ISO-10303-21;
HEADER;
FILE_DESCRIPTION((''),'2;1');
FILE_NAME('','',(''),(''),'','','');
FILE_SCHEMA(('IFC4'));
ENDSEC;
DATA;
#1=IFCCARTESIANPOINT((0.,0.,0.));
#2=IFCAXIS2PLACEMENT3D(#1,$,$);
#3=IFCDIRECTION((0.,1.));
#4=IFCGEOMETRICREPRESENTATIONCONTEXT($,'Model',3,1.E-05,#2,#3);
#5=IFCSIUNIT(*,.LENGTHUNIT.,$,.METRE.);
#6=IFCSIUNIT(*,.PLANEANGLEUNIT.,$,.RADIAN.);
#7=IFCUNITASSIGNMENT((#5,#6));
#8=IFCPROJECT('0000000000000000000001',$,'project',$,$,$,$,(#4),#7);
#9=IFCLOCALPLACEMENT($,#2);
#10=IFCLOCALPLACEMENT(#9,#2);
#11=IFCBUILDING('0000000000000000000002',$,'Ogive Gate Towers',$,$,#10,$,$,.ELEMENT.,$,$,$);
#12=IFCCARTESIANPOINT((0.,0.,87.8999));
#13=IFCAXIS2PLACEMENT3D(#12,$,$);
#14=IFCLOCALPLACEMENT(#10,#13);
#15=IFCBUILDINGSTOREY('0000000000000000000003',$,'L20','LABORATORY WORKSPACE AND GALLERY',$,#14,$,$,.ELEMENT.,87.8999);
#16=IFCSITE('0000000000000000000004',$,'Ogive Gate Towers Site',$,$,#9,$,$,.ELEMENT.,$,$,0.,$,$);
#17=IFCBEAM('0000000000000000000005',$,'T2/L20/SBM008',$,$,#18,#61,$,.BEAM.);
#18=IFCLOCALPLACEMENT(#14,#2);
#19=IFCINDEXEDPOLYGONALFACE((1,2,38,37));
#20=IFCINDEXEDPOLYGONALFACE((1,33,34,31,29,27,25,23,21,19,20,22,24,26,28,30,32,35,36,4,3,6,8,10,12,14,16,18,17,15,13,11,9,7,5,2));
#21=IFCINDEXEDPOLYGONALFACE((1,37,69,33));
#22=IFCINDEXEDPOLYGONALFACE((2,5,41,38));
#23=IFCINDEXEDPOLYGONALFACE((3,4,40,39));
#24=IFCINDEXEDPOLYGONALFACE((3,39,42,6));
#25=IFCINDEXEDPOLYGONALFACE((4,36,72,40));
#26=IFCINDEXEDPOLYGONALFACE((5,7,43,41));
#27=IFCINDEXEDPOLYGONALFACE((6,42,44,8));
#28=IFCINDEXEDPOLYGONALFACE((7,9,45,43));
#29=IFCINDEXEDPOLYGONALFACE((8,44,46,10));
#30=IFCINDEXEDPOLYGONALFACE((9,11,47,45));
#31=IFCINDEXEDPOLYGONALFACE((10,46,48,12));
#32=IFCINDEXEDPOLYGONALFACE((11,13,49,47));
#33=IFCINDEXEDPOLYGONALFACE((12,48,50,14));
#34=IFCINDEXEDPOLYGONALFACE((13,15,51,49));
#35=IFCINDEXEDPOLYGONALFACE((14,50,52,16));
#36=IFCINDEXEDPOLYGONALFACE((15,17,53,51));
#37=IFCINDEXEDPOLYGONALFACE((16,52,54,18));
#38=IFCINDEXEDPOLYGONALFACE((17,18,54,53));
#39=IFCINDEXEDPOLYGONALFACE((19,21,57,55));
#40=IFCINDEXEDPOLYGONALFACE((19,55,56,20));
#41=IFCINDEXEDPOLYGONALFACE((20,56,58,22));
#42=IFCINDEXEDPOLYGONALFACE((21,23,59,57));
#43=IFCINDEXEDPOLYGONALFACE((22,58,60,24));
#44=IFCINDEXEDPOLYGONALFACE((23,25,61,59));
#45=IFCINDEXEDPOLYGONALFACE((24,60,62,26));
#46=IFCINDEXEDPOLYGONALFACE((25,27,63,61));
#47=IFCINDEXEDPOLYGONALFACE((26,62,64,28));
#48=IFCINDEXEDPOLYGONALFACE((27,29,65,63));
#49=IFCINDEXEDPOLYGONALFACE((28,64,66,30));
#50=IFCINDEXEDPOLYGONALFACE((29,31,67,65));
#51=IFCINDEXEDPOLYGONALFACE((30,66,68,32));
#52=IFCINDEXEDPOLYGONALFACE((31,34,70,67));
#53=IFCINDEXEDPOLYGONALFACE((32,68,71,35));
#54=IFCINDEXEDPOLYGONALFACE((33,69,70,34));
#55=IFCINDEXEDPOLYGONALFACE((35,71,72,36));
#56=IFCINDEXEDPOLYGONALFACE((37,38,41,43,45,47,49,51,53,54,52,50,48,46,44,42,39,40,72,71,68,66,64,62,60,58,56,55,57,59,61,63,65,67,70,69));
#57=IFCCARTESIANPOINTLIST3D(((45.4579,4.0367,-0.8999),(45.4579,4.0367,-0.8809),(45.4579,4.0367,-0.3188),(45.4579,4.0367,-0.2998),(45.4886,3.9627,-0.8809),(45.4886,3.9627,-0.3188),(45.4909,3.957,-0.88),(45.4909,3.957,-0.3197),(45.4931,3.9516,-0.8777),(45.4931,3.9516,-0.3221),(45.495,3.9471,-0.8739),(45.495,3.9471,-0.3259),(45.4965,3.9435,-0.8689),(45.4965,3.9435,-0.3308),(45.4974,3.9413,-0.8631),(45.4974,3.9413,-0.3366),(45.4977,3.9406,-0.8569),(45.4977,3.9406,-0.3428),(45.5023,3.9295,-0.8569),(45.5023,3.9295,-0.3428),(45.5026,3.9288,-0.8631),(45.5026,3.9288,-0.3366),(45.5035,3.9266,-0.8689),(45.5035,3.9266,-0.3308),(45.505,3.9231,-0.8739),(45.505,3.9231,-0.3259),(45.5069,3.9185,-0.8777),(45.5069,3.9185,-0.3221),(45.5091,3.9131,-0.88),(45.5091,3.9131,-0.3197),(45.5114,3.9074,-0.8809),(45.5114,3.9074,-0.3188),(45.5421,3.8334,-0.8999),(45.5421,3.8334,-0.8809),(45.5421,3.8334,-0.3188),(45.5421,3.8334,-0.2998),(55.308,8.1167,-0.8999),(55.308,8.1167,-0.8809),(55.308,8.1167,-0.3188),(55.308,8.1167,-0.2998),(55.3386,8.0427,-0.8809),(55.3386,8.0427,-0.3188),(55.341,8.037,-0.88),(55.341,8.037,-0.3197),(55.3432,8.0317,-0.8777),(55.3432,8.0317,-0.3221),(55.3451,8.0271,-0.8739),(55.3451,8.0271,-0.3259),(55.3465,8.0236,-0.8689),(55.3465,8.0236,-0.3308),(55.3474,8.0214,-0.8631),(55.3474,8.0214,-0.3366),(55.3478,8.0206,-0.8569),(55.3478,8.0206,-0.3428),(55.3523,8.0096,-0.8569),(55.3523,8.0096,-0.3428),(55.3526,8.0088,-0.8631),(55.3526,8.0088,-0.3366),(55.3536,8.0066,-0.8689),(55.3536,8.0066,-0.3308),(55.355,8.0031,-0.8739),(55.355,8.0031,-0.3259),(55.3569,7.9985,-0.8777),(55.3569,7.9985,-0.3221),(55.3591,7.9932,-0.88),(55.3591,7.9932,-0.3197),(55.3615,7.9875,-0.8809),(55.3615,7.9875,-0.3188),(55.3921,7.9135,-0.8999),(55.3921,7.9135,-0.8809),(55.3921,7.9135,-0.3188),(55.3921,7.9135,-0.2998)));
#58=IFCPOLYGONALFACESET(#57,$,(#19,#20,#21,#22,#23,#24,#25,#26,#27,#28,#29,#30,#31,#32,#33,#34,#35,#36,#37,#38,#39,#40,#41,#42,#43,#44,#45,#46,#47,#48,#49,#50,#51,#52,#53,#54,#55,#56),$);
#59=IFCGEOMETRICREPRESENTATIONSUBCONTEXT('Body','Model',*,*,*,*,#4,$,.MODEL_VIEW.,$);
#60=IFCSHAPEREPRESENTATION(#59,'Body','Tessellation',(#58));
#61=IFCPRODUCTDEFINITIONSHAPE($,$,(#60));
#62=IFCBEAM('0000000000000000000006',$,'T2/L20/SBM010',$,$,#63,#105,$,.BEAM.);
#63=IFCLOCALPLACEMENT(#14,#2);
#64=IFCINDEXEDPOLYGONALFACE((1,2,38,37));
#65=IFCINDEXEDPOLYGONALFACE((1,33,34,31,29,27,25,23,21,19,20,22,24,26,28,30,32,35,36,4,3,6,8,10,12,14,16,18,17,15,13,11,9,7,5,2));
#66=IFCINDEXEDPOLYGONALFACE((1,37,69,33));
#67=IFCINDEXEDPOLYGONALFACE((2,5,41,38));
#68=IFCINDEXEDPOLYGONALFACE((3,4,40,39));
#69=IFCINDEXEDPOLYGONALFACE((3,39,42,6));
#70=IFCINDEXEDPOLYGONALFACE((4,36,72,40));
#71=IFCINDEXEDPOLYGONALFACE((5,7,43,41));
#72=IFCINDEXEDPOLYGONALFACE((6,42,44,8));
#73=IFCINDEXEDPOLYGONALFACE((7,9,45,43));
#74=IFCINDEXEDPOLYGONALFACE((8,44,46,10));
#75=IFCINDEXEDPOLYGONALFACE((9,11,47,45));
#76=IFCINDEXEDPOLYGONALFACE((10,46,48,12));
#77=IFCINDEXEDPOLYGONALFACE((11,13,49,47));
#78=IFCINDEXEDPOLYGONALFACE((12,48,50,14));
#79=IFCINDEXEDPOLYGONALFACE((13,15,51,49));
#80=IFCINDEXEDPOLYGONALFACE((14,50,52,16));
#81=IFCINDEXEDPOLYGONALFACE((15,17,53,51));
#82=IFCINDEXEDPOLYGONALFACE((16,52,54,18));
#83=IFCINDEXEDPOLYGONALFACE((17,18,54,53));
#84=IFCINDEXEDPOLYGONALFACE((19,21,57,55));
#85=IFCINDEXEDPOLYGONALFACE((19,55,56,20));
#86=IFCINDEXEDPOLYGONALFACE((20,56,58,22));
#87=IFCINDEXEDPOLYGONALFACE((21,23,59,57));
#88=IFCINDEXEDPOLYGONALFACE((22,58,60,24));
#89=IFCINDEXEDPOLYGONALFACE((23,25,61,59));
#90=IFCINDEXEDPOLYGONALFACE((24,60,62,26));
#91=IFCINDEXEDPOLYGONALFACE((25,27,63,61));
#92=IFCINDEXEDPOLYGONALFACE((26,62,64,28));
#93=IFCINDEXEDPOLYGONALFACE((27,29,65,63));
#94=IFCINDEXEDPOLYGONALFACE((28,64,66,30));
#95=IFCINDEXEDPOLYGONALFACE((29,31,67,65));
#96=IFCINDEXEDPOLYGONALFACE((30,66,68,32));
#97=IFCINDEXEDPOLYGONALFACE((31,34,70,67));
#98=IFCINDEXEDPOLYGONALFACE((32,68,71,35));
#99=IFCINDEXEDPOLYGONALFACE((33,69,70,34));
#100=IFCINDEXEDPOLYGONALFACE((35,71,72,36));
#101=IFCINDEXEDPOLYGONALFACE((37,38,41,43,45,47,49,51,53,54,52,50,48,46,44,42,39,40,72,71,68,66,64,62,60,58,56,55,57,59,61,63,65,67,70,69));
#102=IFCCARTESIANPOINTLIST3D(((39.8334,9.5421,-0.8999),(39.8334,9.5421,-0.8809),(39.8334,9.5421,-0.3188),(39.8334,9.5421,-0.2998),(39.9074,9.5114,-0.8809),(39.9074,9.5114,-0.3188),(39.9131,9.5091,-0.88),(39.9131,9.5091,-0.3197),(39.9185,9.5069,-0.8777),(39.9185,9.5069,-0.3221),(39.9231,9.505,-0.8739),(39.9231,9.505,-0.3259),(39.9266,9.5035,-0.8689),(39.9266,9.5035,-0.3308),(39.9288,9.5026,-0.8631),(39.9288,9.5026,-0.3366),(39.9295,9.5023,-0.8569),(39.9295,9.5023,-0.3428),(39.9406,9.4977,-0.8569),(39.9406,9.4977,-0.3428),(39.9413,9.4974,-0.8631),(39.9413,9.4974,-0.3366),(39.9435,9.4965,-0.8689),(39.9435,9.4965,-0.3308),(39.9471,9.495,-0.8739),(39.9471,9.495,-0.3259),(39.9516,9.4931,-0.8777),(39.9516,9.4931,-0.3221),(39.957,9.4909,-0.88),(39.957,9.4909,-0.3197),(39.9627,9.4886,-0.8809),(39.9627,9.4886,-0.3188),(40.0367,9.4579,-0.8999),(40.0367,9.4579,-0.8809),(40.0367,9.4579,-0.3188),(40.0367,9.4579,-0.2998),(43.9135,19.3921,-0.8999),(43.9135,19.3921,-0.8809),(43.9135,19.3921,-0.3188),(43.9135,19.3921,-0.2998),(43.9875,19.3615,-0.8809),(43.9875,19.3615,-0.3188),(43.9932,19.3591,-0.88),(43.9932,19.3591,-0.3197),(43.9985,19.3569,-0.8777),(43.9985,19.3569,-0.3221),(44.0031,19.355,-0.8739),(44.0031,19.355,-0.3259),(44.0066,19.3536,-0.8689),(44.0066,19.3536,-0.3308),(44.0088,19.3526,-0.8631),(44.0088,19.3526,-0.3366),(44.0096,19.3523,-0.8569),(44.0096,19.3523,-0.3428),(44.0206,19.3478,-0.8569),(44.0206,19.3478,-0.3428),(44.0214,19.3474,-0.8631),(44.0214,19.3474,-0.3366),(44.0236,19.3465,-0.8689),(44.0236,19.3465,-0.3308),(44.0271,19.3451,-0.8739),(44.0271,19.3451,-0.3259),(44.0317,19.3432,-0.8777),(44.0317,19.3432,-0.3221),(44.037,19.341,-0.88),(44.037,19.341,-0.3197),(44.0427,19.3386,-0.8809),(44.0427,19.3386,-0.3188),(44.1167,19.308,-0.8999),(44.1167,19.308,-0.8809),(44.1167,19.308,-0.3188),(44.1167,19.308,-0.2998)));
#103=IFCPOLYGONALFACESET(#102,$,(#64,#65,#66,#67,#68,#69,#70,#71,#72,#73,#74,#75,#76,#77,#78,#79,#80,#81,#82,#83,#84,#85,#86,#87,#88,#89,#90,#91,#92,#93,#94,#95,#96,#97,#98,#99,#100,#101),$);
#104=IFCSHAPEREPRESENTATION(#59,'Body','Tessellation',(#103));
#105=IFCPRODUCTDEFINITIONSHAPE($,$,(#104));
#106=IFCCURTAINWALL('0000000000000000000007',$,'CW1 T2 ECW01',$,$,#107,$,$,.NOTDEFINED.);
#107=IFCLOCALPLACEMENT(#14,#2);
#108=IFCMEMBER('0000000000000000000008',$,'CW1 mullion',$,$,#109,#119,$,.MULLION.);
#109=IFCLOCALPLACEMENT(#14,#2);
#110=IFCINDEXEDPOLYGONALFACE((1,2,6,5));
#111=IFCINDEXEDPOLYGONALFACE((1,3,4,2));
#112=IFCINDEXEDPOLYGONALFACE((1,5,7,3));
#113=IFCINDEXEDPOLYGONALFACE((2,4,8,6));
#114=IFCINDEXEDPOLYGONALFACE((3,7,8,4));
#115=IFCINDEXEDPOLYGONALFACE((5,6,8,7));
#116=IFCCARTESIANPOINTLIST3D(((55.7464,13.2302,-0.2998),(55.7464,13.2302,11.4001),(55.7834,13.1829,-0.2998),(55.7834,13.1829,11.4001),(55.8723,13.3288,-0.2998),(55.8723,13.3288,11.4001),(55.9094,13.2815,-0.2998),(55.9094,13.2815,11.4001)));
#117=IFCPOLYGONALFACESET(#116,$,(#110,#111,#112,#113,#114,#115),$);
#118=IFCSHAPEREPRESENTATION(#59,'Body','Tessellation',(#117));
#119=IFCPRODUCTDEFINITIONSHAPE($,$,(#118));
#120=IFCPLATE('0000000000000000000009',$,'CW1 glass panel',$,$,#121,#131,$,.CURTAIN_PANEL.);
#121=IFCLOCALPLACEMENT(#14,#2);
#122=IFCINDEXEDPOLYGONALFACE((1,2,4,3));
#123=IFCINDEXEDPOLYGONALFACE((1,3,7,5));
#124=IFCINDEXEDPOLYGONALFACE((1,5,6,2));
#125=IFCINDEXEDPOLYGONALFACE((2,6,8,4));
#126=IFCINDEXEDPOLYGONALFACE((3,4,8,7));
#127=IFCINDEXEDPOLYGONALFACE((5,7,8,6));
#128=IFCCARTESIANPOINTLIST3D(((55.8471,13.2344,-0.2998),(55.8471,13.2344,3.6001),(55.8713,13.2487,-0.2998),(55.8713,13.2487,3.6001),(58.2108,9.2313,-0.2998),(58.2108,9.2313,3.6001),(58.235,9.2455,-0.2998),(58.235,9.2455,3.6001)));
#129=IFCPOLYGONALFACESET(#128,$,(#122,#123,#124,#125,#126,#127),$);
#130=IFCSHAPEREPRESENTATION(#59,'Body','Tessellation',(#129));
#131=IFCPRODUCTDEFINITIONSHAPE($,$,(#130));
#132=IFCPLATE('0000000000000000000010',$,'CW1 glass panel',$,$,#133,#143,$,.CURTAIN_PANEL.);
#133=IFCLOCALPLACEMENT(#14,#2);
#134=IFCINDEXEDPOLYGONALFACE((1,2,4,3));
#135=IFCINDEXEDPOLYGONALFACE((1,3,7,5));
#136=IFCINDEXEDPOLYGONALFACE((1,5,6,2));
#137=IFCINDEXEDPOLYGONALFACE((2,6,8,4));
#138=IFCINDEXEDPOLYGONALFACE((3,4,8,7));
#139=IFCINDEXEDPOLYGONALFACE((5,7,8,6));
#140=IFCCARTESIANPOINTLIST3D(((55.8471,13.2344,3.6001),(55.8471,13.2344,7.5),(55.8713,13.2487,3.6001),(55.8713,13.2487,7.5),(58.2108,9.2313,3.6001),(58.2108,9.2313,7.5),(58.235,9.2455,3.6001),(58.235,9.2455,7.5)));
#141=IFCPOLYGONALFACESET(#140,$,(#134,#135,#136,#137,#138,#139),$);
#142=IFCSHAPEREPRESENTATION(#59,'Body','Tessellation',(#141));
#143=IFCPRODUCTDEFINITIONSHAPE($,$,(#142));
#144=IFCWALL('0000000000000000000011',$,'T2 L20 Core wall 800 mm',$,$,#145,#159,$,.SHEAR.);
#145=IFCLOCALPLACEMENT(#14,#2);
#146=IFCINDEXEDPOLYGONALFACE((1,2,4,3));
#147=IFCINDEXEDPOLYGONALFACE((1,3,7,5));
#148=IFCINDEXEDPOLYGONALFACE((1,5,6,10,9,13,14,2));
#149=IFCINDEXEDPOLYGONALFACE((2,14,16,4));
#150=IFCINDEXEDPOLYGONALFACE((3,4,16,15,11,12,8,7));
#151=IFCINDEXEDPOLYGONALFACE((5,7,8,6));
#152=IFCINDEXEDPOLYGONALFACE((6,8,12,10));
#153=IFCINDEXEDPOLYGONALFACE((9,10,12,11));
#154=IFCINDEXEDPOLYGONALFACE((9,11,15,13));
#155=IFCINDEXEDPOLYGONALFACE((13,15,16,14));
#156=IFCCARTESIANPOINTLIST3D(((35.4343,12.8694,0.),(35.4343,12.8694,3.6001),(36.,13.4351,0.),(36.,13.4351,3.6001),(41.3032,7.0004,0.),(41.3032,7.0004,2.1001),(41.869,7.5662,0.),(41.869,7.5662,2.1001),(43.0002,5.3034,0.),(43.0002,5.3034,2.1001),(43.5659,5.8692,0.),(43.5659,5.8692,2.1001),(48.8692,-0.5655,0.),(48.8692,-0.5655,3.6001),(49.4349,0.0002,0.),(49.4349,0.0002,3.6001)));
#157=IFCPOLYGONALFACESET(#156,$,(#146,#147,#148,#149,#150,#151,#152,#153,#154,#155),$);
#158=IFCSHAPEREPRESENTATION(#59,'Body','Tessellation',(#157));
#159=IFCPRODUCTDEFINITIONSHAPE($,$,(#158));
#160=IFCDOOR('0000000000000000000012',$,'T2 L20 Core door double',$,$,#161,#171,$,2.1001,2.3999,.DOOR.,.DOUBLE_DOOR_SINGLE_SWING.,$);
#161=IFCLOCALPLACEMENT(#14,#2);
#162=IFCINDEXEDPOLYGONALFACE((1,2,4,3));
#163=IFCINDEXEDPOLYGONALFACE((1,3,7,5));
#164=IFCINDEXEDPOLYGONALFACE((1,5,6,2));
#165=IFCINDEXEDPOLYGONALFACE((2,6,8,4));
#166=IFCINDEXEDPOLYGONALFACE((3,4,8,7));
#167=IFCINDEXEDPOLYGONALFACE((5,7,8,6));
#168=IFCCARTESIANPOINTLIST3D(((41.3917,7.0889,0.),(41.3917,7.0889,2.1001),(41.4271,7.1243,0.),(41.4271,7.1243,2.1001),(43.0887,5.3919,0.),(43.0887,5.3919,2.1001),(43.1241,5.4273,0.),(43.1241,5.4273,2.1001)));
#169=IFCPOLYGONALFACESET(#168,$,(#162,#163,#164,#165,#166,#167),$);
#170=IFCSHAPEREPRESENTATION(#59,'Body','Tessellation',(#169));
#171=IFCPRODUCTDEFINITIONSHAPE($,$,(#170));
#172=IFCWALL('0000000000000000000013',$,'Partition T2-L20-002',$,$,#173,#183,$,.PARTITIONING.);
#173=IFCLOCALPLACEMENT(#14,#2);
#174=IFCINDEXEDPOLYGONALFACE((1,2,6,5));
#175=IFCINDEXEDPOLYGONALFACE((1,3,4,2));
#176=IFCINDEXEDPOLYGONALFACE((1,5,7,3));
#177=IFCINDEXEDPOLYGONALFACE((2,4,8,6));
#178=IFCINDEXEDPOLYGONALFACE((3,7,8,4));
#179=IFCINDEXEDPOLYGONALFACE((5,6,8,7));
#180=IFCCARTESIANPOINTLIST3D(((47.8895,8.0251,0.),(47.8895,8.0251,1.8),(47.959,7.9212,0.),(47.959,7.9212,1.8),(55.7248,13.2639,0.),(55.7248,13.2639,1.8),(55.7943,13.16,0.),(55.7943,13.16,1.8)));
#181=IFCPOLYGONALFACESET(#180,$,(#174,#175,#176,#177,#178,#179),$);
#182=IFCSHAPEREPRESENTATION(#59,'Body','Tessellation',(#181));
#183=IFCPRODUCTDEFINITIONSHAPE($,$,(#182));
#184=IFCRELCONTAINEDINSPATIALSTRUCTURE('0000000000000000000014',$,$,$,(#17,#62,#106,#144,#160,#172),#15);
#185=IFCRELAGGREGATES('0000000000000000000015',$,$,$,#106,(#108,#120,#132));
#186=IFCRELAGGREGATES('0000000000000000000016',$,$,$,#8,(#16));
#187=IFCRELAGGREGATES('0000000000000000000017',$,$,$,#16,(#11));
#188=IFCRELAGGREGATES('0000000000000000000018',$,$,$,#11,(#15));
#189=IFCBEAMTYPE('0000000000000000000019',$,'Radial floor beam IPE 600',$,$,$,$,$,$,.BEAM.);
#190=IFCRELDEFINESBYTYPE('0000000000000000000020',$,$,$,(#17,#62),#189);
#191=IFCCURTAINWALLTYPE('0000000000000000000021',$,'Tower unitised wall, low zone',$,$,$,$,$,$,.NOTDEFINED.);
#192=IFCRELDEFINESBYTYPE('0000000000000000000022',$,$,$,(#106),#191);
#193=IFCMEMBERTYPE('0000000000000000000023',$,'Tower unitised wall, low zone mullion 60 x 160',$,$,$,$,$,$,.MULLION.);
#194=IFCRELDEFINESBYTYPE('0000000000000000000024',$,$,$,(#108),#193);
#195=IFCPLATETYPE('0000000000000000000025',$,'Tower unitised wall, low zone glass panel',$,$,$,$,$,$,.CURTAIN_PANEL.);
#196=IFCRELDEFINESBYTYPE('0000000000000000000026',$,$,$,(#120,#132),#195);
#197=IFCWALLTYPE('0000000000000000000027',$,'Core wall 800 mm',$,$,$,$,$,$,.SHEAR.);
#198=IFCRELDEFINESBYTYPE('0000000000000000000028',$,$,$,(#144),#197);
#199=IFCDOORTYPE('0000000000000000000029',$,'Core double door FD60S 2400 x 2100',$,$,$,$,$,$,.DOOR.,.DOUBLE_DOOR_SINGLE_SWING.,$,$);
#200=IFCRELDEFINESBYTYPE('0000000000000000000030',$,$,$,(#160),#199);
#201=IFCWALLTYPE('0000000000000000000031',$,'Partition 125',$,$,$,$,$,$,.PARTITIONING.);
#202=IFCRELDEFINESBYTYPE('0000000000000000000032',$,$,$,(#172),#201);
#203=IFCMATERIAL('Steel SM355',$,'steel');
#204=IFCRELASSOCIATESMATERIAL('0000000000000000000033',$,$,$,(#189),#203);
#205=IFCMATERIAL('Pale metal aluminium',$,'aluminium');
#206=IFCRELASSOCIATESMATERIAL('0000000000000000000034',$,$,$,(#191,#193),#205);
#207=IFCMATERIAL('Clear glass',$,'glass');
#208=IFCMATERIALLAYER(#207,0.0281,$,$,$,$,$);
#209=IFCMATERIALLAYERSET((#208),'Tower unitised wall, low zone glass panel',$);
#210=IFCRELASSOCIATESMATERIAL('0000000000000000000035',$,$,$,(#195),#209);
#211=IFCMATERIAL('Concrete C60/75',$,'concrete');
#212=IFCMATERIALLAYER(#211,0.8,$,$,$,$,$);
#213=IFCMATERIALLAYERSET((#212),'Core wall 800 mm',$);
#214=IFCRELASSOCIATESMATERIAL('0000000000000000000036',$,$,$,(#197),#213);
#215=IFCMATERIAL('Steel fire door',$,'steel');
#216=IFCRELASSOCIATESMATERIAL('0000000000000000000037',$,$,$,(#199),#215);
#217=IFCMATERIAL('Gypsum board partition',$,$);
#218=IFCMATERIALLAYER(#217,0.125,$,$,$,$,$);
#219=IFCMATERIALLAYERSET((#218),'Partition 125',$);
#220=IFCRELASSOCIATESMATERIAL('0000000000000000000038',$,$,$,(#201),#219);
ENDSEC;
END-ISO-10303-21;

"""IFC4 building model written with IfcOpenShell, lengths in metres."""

from ifc_helpers import new_model, si_unit, direction, frame, frame_2d, origin, origin_2d, place, context, subcontext, project, spatial, rectangle, i_section, extrude, material, layer, layer_set, material_profile, profile_set, type_object, element, fill, aggregate, save


model = new_model("IFC4")

# Units and contexts
model_context = context("Model", 3, precision=1e-05, world=origin(), true_north=direction((0.0, 1.0)))
body_context = subcontext(model_context, "Body", "Model", "MODEL_VIEW")
ifc_project = project(units=[si_unit("LENGTHUNIT", "METRE"), si_unit("PLANEANGLEUNIT", "RADIAN")], contexts=[model_context])

# Site, building, storey
site_placement = place(None, origin())
site = spatial("IfcSite", under=ifc_project, at=site_placement, Name="Ogive Gate Towers Site", CompositionType="ELEMENT", RefElevation=0.0)
building_placement = place(site_placement, origin())
building = spatial("IfcBuilding", under=site, at=building_placement, Name="Ogive Gate Towers", CompositionType="ELEMENT")
storey_placement = place(building_placement, frame((0.0, 0.0, 87.8999)))
storey = spatial("IfcBuildingStorey", under=building, at=storey_placement, Name="L20", Description="LABORATORY WORKSPACE AND GALLERY", CompositionType="ELEMENT", Elevation=87.8999)

# Beams
ifc_material_1 = material(Name="Steel SM355", Category="steel")
ifc_material_profile_1 = material_profile(ifc_material_1, i_section(OverallWidth=0.22, OverallDepth=0.6001, WebThickness=0.012, FlangeThickness=0.019, FilletRadius=0.0239, at=origin_2d()), Name="IPE 600")
ifc_profile_set_1 = profile_set([ifc_material_profile_1], Name="Steel SM355")
beam_type_1 = type_object("IfcBeamType", Name="Radial floor beam IPE 600", PredefinedType="BEAM", material=ifc_profile_set_1)
for number, where, z_axis, x_axis, name in (
    (1, (45.5, 3.9351, -0.5999), (0.923878, 0.382686, 0.0), (-0.382686, 0.923878, 0.0), "T2/L20/SBM008"),
    (2, (39.9351, 9.5, -0.5999), (0.382686, 0.923878, 0.0), (-0.923878, 0.382686, 0.0), "T2/L20/SBM010"),
):
    element("IfcBeam", number, at=place(storey_placement, frame(where, z_axis=z_axis, x_axis=x_axis)), inside=storey, type_object=beam_type_1, Name=name, PredefinedType="BEAM", context=body_context, shape_type="SweptSolid", body=[
        extrude(i_section(OverallWidth=0.22, OverallDepth=0.6001, WebThickness=0.012, FlangeThickness=0.019, FilletRadius=0.0239, at=origin_2d()), origin(), (0.0, 0.0, 1.0), 10.6616),
    ])

# Curtain wall, member, plates
ifc_material_2 = material(Name="Pale metal aluminium", Category="aluminium")
curtain_wall_type = type_object("IfcCurtainWallType", Name="Tower unitised wall, low zone", PredefinedType="NOTDEFINED", material=ifc_material_2)
curtain_wall_placement = place(storey_placement, origin())
curtain_wall = element("IfcCurtainWall", 3, at=curtain_wall_placement, inside=storey, type_object=curtain_wall_type, Name="CW1 T2 ECW01", PredefinedType="NOTDEFINED")
ifc_material_profile_2 = material_profile(ifc_material_2, rectangle(XDim=0.1599, YDim=0.0601, at=origin_2d()), Name="60 x 160 aluminium box")
ifc_profile_set_2 = profile_set([ifc_material_profile_2], Name="Pale metal aluminium")
member_type = type_object("IfcMemberType", Name="Tower unitised wall, low zone mullion 60 x 160", PredefinedType="MULLION", material=ifc_profile_set_2)
member_placement = place(storey_placement, frame((55.8279, 13.2559, -0.2998), z_axis=(0.0, 0.0, 1.0), x_axis=(0.787495, 0.616321, 0.0)))
member = element("IfcMember", 4, at=member_placement, type_object=member_type, Name="CW1 mullion", PredefinedType="MULLION", context=body_context, shape_type="SweptSolid", body=[
    extrude(rectangle(XDim=0.1599, YDim=0.0601, at=origin_2d()), origin(), (0.0, 0.0, 1.0), 11.7),
])
ifc_material_3 = material(Name="Clear glass", Category="glass")
ifc_layer_1 = layer(ifc_material_3, 0.0281)
ifc_layer_set_1 = layer_set([ifc_layer_1], Name="Tower unitised wall, low zone glass panel")
plate_type = type_object("IfcPlateType", Name="Tower unitised wall, low zone glass panel", PredefinedType="CURTAIN_PANEL", material=ifc_layer_set_1)
plate_1_placement = place(storey_placement, frame((57.041, 11.24, -0.2998), z_axis=(0.0, 0.0, 1.0), x_axis=(-0.50844, 0.861097, 0.0)))
plate_1 = element("IfcPlate", 5, at=plate_1_placement, type_object=plate_type, Name="CW1 glass panel", PredefinedType="CURTAIN_PANEL", context=body_context, shape_type="SweptSolid", body=[
    extrude(rectangle(XDim=4.6489, YDim=0.0281, at=origin_2d()), origin(), (0.0, 0.0, 1.0), 3.8999),
])
plate_2_placement = place(storey_placement, frame((57.041, 11.24, 3.6001), z_axis=(0.0, 0.0, 1.0), x_axis=(-0.50844, 0.861097, 0.0)))
plate_2 = element("IfcPlate", 6, at=plate_2_placement, type_object=plate_type, Name="CW1 glass panel", PredefinedType="CURTAIN_PANEL", context=body_context, shape_type="SweptSolid", body=[
    extrude(rectangle(XDim=4.6489, YDim=0.0281, at=origin_2d()), origin(), (0.0, 0.0, 1.0), 3.8999),
])
aggregate(curtain_wall, [member, plate_1, plate_2])

# Wall, opening, door
ifc_material_4 = material(Name="Concrete C60/75", Category="concrete")
ifc_layer_2 = layer(ifc_material_4, 0.8)
ifc_layer_set_2 = layer_set([ifc_layer_2], Name="Core wall 800 mm")
wall_type_1 = type_object("IfcWallType", Name="Core wall 800 mm", PredefinedType="SHEAR", material=ifc_layer_set_2)
wall_1_placement = place(storey_placement, frame((49.1521, -0.2827, 0.0), z_axis=(0.0, 0.0, 1.0), x_axis=(-0.707107, 0.707107, 0.0)))
wall_1 = element("IfcWall", 7, at=wall_1_placement, inside=storey, type_object=wall_type_1, Name="T2 L20 Core wall 800 mm", PredefinedType="SHEAR", context=body_context, shape_type="SweptSolid", body=[
    extrude(rectangle(XDim=18.9998, YDim=0.8, at=frame_2d((9.5, 0.0))), origin(), (0.0, 0.0, 1.0), 3.6001),
])
opening_1_placement = place(wall_1_placement, frame((8.3, 0.0, 0.0)))
opening_1 = element("IfcOpeningElement", 8, at=opening_1_placement, cuts=wall_1, PredefinedType="OPENING", context=body_context, shape_type="SweptSolid", body=[
    extrude(rectangle(XDim=2.3999, YDim=2.1001, at=frame_2d((1.2, 1.05))), frame((0.0, 0.4102, 0.0), z_axis=(0.0, -1.0, 0.0), x_axis=(1.0, 0.0, 0.0)), (0.0, 0.0, 1.0), 0.8201),
])
ifc_material_5 = material(Name="Steel fire door", Category="steel")
door_type_1 = type_object("IfcDoorType", Name="Core double door FD60S 2400 x 2100", OperationType="DOUBLE_DOOR_SINGLE_SWING", PredefinedType="DOOR", material=ifc_material_5)
door_1_placement = place(opening_1_placement, origin())
door_1 = element("IfcDoor", 9, at=door_1_placement, inside=storey, type_object=door_type_1, Name="T2 L20 Core door double", OperationType="DOUBLE_DOOR_SINGLE_SWING", OverallHeight=2.1001, OverallWidth=2.3999, PredefinedType="DOOR", context=body_context, shape_type="SweptSolid", body=[
    extrude(rectangle(XDim=2.3999, YDim=2.1001, at=frame_2d((1.2, 1.05))), frame((0.0, 0.2749, 0.0), z_axis=(0.0, -1.0, 0.0), x_axis=(1.0, 0.0, 0.0)), (0.0, 0.0, 1.0), 0.05),
])
fill(opening_1, door_1)

# Wall
ifc_material_6 = material(Name="Gypsum board partition")
ifc_layer_3 = layer(ifc_material_6, 0.125)
ifc_layer_set_3 = layer_set([ifc_layer_3], Name="Partition 125")
wall_type_2 = type_object("IfcWallType", Name="Partition 125", PredefinedType="PARTITIONING", material=ifc_layer_set_3)
wall_2_placement = place(storey_placement, frame((55.7595, 13.2119, 0.0), z_axis=(0.0, 0.0, 1.0), x_axis=(-0.8313, -0.555823, 0.0)))
element("IfcWall", 10, at=wall_2_placement, inside=storey, type_object=wall_type_2, Name="Partition T2-L20-002", PredefinedType="PARTITIONING", context=body_context, shape_type="SweptSolid", body=[
    extrude(rectangle(XDim=9.4253, YDim=0.125, at=frame_2d((4.7126, 0.0))), origin(), (0.0, 0.0, 1.0), 1.8),
])

save(model, "model.ifc")
